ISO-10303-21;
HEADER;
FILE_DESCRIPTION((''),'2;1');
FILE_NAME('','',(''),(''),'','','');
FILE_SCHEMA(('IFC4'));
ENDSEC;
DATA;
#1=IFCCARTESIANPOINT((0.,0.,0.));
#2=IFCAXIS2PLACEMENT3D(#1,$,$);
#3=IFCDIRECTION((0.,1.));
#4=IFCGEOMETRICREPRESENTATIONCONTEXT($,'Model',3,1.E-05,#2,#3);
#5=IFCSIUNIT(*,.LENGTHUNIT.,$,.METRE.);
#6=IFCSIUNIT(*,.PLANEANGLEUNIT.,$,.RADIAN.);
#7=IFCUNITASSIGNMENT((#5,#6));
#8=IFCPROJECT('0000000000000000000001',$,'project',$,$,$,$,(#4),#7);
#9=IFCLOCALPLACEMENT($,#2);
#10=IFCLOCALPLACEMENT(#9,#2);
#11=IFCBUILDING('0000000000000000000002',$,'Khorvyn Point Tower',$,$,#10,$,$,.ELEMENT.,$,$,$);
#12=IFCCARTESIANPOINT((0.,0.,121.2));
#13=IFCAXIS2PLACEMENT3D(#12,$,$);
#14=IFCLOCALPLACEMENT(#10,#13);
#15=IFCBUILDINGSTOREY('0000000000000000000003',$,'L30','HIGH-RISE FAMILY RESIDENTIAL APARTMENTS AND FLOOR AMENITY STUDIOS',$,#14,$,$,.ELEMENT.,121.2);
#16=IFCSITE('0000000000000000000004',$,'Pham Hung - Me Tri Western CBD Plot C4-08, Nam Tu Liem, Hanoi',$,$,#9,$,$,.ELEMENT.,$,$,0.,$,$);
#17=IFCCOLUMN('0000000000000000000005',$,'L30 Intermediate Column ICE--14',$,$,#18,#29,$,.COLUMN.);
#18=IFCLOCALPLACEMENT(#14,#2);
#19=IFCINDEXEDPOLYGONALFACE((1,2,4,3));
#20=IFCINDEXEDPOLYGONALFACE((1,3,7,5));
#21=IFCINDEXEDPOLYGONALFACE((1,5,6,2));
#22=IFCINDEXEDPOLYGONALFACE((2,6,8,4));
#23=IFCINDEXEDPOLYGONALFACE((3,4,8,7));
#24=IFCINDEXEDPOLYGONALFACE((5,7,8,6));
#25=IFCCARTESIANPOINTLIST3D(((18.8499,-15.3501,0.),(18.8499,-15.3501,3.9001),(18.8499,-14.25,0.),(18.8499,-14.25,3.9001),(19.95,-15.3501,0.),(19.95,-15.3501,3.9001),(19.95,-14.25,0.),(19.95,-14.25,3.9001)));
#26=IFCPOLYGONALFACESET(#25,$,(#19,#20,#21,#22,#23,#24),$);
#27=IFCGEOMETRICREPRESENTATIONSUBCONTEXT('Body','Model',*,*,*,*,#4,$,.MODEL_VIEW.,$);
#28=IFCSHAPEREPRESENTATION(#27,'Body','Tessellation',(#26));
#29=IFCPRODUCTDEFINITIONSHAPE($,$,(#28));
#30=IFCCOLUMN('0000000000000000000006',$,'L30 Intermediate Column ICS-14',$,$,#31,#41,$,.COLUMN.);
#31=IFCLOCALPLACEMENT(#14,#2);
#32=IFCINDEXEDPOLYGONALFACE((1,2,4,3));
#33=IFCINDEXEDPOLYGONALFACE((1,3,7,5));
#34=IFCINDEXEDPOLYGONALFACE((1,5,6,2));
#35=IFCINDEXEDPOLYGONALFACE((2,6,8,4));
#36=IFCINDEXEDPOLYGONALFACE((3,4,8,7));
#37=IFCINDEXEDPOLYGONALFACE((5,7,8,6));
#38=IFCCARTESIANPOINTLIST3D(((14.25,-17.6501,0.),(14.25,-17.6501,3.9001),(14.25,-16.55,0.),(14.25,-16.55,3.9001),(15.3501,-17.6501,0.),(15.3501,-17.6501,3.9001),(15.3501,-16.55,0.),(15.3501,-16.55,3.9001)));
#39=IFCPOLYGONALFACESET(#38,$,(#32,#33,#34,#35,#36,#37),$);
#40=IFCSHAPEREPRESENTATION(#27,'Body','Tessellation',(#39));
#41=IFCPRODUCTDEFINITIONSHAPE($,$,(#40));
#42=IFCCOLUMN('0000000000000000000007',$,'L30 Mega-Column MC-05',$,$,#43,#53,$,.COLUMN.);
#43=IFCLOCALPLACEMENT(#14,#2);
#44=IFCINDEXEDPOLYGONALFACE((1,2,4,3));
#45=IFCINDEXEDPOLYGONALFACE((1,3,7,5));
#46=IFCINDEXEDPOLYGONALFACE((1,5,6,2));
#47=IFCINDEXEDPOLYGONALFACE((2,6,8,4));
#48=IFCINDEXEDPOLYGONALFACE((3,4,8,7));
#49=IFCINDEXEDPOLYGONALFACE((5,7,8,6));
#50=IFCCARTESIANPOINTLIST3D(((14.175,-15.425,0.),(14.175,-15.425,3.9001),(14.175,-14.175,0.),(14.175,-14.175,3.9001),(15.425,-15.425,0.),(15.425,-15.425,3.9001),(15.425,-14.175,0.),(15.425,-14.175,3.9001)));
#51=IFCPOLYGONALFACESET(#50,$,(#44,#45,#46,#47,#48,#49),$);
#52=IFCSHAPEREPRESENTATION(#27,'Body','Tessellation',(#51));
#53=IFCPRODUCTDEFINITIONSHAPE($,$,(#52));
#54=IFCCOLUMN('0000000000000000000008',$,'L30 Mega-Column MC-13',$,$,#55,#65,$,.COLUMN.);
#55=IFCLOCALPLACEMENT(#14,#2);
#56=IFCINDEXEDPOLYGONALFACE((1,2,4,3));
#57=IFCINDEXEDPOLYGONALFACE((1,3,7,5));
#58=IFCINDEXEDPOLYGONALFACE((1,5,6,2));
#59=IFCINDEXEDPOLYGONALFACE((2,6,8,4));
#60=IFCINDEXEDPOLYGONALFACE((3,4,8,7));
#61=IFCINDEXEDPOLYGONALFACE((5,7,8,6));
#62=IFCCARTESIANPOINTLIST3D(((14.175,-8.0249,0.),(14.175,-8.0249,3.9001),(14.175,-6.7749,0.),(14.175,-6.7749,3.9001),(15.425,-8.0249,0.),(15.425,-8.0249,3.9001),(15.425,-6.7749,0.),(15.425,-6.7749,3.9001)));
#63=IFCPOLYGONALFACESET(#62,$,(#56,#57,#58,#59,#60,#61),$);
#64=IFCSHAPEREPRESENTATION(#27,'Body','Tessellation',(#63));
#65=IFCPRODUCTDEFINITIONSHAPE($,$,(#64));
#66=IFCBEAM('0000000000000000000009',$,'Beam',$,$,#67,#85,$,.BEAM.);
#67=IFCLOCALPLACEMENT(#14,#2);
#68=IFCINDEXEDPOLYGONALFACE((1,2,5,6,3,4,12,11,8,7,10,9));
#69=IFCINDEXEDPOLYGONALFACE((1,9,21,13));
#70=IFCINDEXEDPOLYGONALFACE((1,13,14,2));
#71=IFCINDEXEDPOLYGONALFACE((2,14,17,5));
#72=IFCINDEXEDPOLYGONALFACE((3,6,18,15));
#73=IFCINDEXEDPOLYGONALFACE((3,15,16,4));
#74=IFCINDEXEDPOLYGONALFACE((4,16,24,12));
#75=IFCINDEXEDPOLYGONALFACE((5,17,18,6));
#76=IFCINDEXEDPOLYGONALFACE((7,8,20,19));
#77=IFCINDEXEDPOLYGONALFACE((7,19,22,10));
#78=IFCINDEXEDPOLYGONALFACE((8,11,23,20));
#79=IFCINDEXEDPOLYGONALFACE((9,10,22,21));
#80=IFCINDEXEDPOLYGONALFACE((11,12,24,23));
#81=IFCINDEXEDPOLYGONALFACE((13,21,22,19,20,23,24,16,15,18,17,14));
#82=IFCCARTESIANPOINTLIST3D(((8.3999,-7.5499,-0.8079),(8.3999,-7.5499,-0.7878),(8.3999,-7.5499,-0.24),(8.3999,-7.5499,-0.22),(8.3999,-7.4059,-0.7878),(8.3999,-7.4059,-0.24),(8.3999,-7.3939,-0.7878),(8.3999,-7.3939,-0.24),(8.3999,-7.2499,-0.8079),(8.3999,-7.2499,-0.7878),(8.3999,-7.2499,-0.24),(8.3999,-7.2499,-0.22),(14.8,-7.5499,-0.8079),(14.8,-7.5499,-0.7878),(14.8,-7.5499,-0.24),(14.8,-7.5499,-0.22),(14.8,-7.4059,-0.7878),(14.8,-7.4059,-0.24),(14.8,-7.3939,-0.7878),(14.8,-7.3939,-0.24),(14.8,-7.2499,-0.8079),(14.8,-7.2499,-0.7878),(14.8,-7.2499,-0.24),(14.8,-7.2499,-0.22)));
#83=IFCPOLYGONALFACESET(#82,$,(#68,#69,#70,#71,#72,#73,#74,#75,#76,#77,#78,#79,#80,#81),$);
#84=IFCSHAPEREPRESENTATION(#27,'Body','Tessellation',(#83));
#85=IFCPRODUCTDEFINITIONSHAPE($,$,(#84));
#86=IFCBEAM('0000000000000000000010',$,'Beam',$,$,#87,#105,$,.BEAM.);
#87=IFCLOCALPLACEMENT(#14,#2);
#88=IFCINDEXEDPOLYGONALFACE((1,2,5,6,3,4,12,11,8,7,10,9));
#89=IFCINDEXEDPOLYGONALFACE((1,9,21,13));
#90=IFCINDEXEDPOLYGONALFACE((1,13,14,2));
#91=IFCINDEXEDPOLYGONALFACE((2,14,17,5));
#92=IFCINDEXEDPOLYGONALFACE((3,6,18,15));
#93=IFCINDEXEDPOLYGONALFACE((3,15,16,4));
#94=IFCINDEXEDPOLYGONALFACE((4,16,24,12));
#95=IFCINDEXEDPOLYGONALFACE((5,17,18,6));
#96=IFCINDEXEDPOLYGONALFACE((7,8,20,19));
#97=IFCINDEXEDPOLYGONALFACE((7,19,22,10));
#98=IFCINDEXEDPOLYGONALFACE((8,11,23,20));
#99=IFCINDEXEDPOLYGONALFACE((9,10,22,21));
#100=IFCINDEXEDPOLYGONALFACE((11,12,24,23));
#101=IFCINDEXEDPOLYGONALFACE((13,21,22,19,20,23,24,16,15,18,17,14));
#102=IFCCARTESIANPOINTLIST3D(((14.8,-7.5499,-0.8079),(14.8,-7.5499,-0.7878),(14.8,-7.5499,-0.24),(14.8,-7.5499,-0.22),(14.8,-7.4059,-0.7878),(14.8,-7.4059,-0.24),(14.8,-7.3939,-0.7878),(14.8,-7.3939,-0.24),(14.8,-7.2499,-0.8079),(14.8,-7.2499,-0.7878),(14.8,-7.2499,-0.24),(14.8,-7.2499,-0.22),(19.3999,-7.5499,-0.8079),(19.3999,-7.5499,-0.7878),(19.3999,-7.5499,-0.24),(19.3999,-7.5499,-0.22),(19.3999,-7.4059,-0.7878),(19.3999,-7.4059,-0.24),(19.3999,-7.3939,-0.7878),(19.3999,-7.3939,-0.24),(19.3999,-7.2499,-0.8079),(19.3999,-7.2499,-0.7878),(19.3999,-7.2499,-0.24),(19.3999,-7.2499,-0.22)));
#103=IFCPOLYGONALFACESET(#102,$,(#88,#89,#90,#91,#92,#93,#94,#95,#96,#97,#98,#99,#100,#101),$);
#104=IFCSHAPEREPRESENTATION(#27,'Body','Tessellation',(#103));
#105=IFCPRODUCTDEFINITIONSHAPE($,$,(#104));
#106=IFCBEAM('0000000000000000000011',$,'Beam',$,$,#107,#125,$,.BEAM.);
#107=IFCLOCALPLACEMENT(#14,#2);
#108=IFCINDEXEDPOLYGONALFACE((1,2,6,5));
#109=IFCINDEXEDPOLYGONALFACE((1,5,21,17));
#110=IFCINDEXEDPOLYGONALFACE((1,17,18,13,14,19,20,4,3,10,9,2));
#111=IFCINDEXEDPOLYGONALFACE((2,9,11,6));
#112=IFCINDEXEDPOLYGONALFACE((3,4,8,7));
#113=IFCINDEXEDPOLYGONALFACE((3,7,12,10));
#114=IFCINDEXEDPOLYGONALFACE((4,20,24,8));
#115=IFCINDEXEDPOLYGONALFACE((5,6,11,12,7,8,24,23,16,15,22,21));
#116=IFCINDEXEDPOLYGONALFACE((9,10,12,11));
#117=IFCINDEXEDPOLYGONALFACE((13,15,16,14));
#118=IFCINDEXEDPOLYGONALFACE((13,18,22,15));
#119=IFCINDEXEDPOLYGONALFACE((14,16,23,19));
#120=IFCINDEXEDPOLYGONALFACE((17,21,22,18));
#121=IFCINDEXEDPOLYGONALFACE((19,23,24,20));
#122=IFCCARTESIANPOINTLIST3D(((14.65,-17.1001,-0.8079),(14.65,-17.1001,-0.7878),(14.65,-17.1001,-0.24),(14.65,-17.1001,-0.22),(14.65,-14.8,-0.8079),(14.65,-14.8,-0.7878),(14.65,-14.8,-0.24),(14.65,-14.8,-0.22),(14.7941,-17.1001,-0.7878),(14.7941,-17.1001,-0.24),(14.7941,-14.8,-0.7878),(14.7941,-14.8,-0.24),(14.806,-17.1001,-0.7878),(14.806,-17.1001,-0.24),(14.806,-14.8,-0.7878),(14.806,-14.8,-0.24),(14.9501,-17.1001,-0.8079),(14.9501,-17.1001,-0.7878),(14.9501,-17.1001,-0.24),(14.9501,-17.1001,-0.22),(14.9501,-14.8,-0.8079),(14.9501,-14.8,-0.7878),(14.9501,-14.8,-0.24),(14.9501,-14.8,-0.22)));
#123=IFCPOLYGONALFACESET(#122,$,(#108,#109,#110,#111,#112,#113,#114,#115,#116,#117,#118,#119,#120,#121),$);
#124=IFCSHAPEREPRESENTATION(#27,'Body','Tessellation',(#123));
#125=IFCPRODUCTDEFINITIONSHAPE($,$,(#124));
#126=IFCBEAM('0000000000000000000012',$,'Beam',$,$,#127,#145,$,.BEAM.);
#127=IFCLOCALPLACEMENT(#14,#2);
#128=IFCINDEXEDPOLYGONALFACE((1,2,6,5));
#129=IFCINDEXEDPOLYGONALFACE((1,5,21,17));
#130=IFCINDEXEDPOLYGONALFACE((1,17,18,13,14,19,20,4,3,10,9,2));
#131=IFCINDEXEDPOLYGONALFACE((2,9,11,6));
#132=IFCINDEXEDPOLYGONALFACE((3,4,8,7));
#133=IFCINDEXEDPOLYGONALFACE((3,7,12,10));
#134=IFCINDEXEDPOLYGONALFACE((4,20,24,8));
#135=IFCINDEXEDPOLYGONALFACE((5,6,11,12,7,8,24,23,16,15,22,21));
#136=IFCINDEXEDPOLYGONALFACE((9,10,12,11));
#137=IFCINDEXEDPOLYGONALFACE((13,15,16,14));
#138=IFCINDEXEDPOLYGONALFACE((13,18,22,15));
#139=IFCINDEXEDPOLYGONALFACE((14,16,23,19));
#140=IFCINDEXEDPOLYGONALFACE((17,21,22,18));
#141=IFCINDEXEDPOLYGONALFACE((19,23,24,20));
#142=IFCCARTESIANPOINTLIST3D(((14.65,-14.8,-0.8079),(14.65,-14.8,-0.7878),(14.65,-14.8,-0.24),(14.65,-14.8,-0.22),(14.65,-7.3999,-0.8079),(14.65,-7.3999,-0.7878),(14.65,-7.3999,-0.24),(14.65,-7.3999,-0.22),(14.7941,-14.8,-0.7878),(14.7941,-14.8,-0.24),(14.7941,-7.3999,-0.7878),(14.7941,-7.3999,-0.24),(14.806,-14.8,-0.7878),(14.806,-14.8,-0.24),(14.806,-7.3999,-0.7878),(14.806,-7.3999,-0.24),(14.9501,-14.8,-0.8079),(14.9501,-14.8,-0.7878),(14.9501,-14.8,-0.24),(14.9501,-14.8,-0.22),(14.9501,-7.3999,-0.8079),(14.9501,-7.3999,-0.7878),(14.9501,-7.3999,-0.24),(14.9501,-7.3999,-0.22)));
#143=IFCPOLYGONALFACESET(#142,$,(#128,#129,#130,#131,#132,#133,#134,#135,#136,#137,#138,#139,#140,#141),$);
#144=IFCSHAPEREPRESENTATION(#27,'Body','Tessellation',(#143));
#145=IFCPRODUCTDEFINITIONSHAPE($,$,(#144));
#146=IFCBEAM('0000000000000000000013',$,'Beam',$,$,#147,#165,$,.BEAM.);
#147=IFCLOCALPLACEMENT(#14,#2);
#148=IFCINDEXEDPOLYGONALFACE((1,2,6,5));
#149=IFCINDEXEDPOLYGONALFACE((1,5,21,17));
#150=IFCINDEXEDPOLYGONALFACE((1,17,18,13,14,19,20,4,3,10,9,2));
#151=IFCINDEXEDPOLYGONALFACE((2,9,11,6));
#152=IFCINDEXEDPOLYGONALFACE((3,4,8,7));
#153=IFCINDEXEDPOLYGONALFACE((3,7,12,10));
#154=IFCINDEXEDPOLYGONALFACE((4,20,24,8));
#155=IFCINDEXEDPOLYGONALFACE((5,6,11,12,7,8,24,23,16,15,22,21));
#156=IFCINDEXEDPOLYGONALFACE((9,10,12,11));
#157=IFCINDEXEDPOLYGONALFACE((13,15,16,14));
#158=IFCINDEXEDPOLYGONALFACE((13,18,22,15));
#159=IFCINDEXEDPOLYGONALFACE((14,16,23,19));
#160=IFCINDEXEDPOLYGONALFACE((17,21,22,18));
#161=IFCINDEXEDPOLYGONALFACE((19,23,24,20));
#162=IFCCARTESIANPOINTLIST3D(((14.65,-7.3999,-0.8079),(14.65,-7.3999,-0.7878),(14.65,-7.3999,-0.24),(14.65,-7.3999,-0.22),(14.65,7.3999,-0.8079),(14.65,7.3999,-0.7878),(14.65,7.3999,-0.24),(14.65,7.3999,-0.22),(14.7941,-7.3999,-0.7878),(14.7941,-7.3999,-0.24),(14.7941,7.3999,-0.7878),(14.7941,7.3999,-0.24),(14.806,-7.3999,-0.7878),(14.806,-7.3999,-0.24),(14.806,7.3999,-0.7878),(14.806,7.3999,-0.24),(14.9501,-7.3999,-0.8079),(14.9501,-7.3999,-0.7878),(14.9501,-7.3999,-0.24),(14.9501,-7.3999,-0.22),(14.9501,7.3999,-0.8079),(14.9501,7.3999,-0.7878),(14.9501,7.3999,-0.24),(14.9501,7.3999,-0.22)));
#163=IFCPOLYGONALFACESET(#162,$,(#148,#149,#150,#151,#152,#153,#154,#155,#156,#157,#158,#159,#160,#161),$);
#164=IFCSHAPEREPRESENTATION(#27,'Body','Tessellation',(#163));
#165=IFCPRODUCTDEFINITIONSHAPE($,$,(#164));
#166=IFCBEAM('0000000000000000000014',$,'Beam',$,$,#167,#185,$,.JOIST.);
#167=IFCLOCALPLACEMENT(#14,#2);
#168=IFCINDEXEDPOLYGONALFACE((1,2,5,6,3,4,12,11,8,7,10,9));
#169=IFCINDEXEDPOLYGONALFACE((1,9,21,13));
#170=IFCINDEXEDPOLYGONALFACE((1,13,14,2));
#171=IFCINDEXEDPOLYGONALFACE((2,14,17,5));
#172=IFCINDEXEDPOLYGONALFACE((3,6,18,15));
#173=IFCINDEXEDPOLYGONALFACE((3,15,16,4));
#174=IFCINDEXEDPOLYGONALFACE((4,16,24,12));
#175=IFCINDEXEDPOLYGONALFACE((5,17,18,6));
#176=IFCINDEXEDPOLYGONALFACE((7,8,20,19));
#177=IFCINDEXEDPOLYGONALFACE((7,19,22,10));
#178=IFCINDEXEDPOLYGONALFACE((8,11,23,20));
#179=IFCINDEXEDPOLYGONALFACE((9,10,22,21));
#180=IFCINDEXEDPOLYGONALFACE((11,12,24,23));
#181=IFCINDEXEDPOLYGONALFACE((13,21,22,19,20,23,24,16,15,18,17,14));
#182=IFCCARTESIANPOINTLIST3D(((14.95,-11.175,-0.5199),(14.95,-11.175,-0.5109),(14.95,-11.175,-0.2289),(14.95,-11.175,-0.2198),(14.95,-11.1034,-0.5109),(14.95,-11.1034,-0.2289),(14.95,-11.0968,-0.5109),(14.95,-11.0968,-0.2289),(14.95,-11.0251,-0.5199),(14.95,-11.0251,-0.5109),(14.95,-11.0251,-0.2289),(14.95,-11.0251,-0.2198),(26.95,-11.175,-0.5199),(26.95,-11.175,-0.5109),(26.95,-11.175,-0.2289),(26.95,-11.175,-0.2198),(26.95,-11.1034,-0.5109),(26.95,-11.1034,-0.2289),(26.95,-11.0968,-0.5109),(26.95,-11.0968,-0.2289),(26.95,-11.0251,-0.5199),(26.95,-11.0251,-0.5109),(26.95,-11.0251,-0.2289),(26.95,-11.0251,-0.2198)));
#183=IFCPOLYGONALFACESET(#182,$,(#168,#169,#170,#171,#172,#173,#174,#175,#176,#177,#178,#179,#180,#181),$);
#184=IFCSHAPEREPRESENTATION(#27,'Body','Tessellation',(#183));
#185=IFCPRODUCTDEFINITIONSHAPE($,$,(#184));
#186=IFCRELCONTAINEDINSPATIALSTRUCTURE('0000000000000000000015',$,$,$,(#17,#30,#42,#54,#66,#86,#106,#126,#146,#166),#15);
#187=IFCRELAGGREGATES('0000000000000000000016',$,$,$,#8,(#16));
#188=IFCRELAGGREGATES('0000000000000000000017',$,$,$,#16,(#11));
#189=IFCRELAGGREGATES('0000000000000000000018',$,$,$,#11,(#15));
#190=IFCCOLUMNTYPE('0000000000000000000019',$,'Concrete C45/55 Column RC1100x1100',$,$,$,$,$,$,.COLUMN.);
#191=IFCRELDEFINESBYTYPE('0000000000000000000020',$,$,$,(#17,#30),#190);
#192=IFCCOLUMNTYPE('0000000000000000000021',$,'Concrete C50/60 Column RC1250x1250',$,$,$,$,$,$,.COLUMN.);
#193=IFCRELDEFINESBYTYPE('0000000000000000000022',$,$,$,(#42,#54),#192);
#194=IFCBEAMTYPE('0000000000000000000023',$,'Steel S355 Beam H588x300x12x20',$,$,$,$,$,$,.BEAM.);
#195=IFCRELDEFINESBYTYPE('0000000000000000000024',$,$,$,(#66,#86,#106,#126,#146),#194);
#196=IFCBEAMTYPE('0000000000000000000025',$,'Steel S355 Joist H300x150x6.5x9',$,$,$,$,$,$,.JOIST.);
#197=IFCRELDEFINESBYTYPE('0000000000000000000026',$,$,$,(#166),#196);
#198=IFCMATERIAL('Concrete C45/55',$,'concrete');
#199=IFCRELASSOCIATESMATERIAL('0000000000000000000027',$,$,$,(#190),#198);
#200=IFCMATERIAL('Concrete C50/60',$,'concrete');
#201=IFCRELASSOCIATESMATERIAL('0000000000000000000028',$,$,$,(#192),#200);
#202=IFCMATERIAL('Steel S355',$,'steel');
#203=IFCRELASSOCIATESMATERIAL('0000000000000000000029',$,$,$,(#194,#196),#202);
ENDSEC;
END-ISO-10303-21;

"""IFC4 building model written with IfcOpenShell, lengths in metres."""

from ifc_helpers import new_model, si_unit, direction, frame, origin, origin_2d, place, context, subcontext, project, spatial, rectangle, i_section, extrude, material, material_profile, profile_set, type_object, element, save


model = new_model("IFC4")

# Units and contexts
model_context = context("Model", 3, precision=1e-05, world=origin(), true_north=direction((0.0, 1.0)))
body_context = subcontext(model_context, "Body", "Model", "MODEL_VIEW")
ifc_project = project(units=[si_unit("LENGTHUNIT", "METRE"), si_unit("PLANEANGLEUNIT", "RADIAN")], contexts=[model_context])

# Site, building, storey
site_placement = place(None, origin())
site = spatial("IfcSite", under=ifc_project, at=site_placement, Name="Pham Hung - Me Tri Western CBD Plot C4-08, Nam Tu Liem, Hanoi", CompositionType="ELEMENT", RefElevation=0.0)
building_placement = place(site_placement, origin())
building = spatial("IfcBuilding", under=site, at=building_placement, Name="Khorvyn Point Tower", CompositionType="ELEMENT")
storey_placement = place(building_placement, frame((0.0, 0.0, 121.2)))
storey = spatial("IfcBuildingStorey", under=building, at=storey_placement, Name="L30", Description="HIGH-RISE FAMILY RESIDENTIAL APARTMENTS AND FLOOR AMENITY STUDIOS", CompositionType="ELEMENT", Elevation=121.2)

# Columns
ifc_material_1 = material(Name="Concrete C45/55", Category="concrete")
ifc_material_profile_1 = material_profile(ifc_material_1, rectangle(XDim=1.1001, YDim=1.1001, at=origin_2d()))
ifc_profile_set_1 = profile_set([ifc_material_profile_1], Name="Concrete C45/55 RC1100x1100")
column_type_1 = type_object("IfcColumnType", Name="Concrete C45/55 Column RC1100x1100", PredefinedType="COLUMN", material=ifc_profile_set_1)
for number, where, z_axis, x_axis, name in (
    (1, (19.3999, -14.8, 0.0), (0.0, 0.0, 1.0), (1.0, 0.0, 0.0), "L30 Intermediate Column ICE--14"),
    (2, (14.8, -17.1001, 0.0), (0.0, 0.0, 1.0), (1.0, 0.0, 0.0), "L30 Intermediate Column ICS-14"),
):
    element("IfcColumn", number, at=place(storey_placement, frame(where, z_axis=z_axis, x_axis=x_axis)), inside=storey, type_object=column_type_1, Name=name, PredefinedType="COLUMN", context=body_context, shape_type="SweptSolid", body=[
        extrude(rectangle(XDim=1.1001, YDim=1.1001, at=origin_2d()), origin(), (0.0, 0.0, 1.0), 3.9001),
    ])
ifc_material_2 = material(Name="Concrete C50/60", Category="concrete")
ifc_material_profile_2 = material_profile(ifc_material_2, rectangle(XDim=1.25, YDim=1.25, at=origin_2d()))
ifc_profile_set_2 = profile_set([ifc_material_profile_2], Name="Concrete C50/60 RC1250x1250")
column_type_2 = type_object("IfcColumnType", Name="Concrete C50/60 Column RC1250x1250", PredefinedType="COLUMN", material=ifc_profile_set_2)
for number, where, z_axis, x_axis, name in (
    (3, (14.8, -14.8, 0.0), (0.0, 0.0, 1.0), (1.0, 0.0, 0.0), "L30 Mega-Column MC-05"),
    (4, (14.8, -7.3999, 0.0), (0.0, 0.0, 1.0), (1.0, 0.0, 0.0), "L30 Mega-Column MC-13"),
):
    element("IfcColumn", number, at=place(storey_placement, frame(where, z_axis=z_axis, x_axis=x_axis)), inside=storey, type_object=column_type_2, Name=name, PredefinedType="COLUMN", context=body_context, shape_type="SweptSolid", body=[
        extrude(rectangle(XDim=1.25, YDim=1.25, at=origin_2d()), origin(), (0.0, 0.0, 1.0), 3.9001),
    ])

# Beams
ifc_material_3 = material(Name="Steel S355", Category="steel")
ifc_material_profile_3 = material_profile(ifc_material_3, i_section(OverallWidth=0.3, OverallDepth=0.5879, WebThickness=0.012, FlangeThickness=0.02, at=origin_2d()))
ifc_profile_set_3 = profile_set([ifc_material_profile_3], Name="Steel S355 H588x300x12x20")
beam_type_1 = type_object("IfcBeamType", Name="Steel S355 Beam H588x300x12x20", PredefinedType="BEAM", material=ifc_profile_set_3)
beam_1_placement = place(storey_placement, frame((8.3999, -7.3999, -0.5139), z_axis=(1.0, 0.0, 0.0), x_axis=(0.0, 1.0, 0.0)))
element("IfcBeam", 5, at=beam_1_placement, inside=storey, type_object=beam_type_1, Name="Beam", PredefinedType="BEAM", context=body_context, shape_type="SweptSolid", body=[
    extrude(i_section(OverallWidth=0.3, OverallDepth=0.5879, WebThickness=0.012, FlangeThickness=0.02, at=origin_2d()), origin(), (0.0, 0.0, 1.0), 6.4001),
])
beam_2_placement = place(storey_placement, frame((14.8, -7.3999, -0.5139), z_axis=(1.0, 0.0, 0.0), x_axis=(0.0, 1.0, 0.0)))
element("IfcBeam", 6, at=beam_2_placement, inside=storey, type_object=beam_type_1, Name="Beam", PredefinedType="BEAM", context=body_context, shape_type="SweptSolid", body=[
    extrude(i_section(OverallWidth=0.3, OverallDepth=0.5879, WebThickness=0.012, FlangeThickness=0.02, at=origin_2d()), origin(), (0.0, 0.0, 1.0), 4.5999),
])
beam_3_placement = place(storey_placement, frame((14.8, -17.1001, -0.5139), z_axis=(0.0, 1.0, 0.0), x_axis=(-1.0, 0.0, 0.0)))
element("IfcBeam", 7, at=beam_3_placement, inside=storey, type_object=beam_type_1, Name="Beam", PredefinedType="BEAM", context=body_context, shape_type="SweptSolid", body=[
    extrude(i_section(OverallWidth=0.3, OverallDepth=0.5879, WebThickness=0.012, FlangeThickness=0.02, at=origin_2d()), origin(), (0.0, 0.0, 1.0), 2.3),
])
beam_4_placement = place(storey_placement, frame((14.8, -14.8, -0.5139), z_axis=(0.0, 1.0, 0.0), x_axis=(-1.0, 0.0, 0.0)))
element("IfcBeam", 8, at=beam_4_placement, inside=storey, type_object=beam_type_1, Name="Beam", PredefinedType="BEAM", context=body_context, shape_type="SweptSolid", body=[
    extrude(i_section(OverallWidth=0.3, OverallDepth=0.5879, WebThickness=0.012, FlangeThickness=0.02, at=origin_2d()), origin(), (0.0, 0.0, 1.0), 7.4001),
])
beam_5_placement = place(storey_placement, frame((14.8, -7.3999, -0.5139), z_axis=(0.0, 1.0, 0.0), x_axis=(-1.0, 0.0, 0.0)))
element("IfcBeam", 9, at=beam_5_placement, inside=storey, type_object=beam_type_1, Name="Beam", PredefinedType="BEAM", context=body_context, shape_type="SweptSolid", body=[
    extrude(i_section(OverallWidth=0.3, OverallDepth=0.5879, WebThickness=0.012, FlangeThickness=0.02, at=origin_2d()), origin(), (0.0, 0.0, 1.0), 14.7998),
])
ifc_material_profile_4 = material_profile(ifc_material_3, i_section(OverallWidth=0.1499, OverallDepth=0.3, WebThickness=0.0066, FlangeThickness=0.009, at=origin_2d()))
ifc_profile_set_4 = profile_set([ifc_material_profile_4], Name="Steel S355 H300x150x6.5x9")
beam_type_2 = type_object("IfcBeamType", Name="Steel S355 Joist H300x150x6.5x9", PredefinedType="JOIST", material=ifc_profile_set_4)
beam_6_placement = place(storey_placement, frame((14.95, -11.1001, -0.3699), z_axis=(1.0, 0.0, 0.0), x_axis=(0.0, 1.0, 0.0)))
element("IfcBeam", 10, at=beam_6_placement, inside=storey, type_object=beam_type_2, Name="Beam", PredefinedType="JOIST", context=body_context, shape_type="SweptSolid", body=[
    extrude(i_section(OverallWidth=0.1499, OverallDepth=0.3, WebThickness=0.0066, FlangeThickness=0.009, at=origin_2d()), origin(), (0.0, 0.0, 1.0), 12.0),
])

save(model, "model.ifc")
